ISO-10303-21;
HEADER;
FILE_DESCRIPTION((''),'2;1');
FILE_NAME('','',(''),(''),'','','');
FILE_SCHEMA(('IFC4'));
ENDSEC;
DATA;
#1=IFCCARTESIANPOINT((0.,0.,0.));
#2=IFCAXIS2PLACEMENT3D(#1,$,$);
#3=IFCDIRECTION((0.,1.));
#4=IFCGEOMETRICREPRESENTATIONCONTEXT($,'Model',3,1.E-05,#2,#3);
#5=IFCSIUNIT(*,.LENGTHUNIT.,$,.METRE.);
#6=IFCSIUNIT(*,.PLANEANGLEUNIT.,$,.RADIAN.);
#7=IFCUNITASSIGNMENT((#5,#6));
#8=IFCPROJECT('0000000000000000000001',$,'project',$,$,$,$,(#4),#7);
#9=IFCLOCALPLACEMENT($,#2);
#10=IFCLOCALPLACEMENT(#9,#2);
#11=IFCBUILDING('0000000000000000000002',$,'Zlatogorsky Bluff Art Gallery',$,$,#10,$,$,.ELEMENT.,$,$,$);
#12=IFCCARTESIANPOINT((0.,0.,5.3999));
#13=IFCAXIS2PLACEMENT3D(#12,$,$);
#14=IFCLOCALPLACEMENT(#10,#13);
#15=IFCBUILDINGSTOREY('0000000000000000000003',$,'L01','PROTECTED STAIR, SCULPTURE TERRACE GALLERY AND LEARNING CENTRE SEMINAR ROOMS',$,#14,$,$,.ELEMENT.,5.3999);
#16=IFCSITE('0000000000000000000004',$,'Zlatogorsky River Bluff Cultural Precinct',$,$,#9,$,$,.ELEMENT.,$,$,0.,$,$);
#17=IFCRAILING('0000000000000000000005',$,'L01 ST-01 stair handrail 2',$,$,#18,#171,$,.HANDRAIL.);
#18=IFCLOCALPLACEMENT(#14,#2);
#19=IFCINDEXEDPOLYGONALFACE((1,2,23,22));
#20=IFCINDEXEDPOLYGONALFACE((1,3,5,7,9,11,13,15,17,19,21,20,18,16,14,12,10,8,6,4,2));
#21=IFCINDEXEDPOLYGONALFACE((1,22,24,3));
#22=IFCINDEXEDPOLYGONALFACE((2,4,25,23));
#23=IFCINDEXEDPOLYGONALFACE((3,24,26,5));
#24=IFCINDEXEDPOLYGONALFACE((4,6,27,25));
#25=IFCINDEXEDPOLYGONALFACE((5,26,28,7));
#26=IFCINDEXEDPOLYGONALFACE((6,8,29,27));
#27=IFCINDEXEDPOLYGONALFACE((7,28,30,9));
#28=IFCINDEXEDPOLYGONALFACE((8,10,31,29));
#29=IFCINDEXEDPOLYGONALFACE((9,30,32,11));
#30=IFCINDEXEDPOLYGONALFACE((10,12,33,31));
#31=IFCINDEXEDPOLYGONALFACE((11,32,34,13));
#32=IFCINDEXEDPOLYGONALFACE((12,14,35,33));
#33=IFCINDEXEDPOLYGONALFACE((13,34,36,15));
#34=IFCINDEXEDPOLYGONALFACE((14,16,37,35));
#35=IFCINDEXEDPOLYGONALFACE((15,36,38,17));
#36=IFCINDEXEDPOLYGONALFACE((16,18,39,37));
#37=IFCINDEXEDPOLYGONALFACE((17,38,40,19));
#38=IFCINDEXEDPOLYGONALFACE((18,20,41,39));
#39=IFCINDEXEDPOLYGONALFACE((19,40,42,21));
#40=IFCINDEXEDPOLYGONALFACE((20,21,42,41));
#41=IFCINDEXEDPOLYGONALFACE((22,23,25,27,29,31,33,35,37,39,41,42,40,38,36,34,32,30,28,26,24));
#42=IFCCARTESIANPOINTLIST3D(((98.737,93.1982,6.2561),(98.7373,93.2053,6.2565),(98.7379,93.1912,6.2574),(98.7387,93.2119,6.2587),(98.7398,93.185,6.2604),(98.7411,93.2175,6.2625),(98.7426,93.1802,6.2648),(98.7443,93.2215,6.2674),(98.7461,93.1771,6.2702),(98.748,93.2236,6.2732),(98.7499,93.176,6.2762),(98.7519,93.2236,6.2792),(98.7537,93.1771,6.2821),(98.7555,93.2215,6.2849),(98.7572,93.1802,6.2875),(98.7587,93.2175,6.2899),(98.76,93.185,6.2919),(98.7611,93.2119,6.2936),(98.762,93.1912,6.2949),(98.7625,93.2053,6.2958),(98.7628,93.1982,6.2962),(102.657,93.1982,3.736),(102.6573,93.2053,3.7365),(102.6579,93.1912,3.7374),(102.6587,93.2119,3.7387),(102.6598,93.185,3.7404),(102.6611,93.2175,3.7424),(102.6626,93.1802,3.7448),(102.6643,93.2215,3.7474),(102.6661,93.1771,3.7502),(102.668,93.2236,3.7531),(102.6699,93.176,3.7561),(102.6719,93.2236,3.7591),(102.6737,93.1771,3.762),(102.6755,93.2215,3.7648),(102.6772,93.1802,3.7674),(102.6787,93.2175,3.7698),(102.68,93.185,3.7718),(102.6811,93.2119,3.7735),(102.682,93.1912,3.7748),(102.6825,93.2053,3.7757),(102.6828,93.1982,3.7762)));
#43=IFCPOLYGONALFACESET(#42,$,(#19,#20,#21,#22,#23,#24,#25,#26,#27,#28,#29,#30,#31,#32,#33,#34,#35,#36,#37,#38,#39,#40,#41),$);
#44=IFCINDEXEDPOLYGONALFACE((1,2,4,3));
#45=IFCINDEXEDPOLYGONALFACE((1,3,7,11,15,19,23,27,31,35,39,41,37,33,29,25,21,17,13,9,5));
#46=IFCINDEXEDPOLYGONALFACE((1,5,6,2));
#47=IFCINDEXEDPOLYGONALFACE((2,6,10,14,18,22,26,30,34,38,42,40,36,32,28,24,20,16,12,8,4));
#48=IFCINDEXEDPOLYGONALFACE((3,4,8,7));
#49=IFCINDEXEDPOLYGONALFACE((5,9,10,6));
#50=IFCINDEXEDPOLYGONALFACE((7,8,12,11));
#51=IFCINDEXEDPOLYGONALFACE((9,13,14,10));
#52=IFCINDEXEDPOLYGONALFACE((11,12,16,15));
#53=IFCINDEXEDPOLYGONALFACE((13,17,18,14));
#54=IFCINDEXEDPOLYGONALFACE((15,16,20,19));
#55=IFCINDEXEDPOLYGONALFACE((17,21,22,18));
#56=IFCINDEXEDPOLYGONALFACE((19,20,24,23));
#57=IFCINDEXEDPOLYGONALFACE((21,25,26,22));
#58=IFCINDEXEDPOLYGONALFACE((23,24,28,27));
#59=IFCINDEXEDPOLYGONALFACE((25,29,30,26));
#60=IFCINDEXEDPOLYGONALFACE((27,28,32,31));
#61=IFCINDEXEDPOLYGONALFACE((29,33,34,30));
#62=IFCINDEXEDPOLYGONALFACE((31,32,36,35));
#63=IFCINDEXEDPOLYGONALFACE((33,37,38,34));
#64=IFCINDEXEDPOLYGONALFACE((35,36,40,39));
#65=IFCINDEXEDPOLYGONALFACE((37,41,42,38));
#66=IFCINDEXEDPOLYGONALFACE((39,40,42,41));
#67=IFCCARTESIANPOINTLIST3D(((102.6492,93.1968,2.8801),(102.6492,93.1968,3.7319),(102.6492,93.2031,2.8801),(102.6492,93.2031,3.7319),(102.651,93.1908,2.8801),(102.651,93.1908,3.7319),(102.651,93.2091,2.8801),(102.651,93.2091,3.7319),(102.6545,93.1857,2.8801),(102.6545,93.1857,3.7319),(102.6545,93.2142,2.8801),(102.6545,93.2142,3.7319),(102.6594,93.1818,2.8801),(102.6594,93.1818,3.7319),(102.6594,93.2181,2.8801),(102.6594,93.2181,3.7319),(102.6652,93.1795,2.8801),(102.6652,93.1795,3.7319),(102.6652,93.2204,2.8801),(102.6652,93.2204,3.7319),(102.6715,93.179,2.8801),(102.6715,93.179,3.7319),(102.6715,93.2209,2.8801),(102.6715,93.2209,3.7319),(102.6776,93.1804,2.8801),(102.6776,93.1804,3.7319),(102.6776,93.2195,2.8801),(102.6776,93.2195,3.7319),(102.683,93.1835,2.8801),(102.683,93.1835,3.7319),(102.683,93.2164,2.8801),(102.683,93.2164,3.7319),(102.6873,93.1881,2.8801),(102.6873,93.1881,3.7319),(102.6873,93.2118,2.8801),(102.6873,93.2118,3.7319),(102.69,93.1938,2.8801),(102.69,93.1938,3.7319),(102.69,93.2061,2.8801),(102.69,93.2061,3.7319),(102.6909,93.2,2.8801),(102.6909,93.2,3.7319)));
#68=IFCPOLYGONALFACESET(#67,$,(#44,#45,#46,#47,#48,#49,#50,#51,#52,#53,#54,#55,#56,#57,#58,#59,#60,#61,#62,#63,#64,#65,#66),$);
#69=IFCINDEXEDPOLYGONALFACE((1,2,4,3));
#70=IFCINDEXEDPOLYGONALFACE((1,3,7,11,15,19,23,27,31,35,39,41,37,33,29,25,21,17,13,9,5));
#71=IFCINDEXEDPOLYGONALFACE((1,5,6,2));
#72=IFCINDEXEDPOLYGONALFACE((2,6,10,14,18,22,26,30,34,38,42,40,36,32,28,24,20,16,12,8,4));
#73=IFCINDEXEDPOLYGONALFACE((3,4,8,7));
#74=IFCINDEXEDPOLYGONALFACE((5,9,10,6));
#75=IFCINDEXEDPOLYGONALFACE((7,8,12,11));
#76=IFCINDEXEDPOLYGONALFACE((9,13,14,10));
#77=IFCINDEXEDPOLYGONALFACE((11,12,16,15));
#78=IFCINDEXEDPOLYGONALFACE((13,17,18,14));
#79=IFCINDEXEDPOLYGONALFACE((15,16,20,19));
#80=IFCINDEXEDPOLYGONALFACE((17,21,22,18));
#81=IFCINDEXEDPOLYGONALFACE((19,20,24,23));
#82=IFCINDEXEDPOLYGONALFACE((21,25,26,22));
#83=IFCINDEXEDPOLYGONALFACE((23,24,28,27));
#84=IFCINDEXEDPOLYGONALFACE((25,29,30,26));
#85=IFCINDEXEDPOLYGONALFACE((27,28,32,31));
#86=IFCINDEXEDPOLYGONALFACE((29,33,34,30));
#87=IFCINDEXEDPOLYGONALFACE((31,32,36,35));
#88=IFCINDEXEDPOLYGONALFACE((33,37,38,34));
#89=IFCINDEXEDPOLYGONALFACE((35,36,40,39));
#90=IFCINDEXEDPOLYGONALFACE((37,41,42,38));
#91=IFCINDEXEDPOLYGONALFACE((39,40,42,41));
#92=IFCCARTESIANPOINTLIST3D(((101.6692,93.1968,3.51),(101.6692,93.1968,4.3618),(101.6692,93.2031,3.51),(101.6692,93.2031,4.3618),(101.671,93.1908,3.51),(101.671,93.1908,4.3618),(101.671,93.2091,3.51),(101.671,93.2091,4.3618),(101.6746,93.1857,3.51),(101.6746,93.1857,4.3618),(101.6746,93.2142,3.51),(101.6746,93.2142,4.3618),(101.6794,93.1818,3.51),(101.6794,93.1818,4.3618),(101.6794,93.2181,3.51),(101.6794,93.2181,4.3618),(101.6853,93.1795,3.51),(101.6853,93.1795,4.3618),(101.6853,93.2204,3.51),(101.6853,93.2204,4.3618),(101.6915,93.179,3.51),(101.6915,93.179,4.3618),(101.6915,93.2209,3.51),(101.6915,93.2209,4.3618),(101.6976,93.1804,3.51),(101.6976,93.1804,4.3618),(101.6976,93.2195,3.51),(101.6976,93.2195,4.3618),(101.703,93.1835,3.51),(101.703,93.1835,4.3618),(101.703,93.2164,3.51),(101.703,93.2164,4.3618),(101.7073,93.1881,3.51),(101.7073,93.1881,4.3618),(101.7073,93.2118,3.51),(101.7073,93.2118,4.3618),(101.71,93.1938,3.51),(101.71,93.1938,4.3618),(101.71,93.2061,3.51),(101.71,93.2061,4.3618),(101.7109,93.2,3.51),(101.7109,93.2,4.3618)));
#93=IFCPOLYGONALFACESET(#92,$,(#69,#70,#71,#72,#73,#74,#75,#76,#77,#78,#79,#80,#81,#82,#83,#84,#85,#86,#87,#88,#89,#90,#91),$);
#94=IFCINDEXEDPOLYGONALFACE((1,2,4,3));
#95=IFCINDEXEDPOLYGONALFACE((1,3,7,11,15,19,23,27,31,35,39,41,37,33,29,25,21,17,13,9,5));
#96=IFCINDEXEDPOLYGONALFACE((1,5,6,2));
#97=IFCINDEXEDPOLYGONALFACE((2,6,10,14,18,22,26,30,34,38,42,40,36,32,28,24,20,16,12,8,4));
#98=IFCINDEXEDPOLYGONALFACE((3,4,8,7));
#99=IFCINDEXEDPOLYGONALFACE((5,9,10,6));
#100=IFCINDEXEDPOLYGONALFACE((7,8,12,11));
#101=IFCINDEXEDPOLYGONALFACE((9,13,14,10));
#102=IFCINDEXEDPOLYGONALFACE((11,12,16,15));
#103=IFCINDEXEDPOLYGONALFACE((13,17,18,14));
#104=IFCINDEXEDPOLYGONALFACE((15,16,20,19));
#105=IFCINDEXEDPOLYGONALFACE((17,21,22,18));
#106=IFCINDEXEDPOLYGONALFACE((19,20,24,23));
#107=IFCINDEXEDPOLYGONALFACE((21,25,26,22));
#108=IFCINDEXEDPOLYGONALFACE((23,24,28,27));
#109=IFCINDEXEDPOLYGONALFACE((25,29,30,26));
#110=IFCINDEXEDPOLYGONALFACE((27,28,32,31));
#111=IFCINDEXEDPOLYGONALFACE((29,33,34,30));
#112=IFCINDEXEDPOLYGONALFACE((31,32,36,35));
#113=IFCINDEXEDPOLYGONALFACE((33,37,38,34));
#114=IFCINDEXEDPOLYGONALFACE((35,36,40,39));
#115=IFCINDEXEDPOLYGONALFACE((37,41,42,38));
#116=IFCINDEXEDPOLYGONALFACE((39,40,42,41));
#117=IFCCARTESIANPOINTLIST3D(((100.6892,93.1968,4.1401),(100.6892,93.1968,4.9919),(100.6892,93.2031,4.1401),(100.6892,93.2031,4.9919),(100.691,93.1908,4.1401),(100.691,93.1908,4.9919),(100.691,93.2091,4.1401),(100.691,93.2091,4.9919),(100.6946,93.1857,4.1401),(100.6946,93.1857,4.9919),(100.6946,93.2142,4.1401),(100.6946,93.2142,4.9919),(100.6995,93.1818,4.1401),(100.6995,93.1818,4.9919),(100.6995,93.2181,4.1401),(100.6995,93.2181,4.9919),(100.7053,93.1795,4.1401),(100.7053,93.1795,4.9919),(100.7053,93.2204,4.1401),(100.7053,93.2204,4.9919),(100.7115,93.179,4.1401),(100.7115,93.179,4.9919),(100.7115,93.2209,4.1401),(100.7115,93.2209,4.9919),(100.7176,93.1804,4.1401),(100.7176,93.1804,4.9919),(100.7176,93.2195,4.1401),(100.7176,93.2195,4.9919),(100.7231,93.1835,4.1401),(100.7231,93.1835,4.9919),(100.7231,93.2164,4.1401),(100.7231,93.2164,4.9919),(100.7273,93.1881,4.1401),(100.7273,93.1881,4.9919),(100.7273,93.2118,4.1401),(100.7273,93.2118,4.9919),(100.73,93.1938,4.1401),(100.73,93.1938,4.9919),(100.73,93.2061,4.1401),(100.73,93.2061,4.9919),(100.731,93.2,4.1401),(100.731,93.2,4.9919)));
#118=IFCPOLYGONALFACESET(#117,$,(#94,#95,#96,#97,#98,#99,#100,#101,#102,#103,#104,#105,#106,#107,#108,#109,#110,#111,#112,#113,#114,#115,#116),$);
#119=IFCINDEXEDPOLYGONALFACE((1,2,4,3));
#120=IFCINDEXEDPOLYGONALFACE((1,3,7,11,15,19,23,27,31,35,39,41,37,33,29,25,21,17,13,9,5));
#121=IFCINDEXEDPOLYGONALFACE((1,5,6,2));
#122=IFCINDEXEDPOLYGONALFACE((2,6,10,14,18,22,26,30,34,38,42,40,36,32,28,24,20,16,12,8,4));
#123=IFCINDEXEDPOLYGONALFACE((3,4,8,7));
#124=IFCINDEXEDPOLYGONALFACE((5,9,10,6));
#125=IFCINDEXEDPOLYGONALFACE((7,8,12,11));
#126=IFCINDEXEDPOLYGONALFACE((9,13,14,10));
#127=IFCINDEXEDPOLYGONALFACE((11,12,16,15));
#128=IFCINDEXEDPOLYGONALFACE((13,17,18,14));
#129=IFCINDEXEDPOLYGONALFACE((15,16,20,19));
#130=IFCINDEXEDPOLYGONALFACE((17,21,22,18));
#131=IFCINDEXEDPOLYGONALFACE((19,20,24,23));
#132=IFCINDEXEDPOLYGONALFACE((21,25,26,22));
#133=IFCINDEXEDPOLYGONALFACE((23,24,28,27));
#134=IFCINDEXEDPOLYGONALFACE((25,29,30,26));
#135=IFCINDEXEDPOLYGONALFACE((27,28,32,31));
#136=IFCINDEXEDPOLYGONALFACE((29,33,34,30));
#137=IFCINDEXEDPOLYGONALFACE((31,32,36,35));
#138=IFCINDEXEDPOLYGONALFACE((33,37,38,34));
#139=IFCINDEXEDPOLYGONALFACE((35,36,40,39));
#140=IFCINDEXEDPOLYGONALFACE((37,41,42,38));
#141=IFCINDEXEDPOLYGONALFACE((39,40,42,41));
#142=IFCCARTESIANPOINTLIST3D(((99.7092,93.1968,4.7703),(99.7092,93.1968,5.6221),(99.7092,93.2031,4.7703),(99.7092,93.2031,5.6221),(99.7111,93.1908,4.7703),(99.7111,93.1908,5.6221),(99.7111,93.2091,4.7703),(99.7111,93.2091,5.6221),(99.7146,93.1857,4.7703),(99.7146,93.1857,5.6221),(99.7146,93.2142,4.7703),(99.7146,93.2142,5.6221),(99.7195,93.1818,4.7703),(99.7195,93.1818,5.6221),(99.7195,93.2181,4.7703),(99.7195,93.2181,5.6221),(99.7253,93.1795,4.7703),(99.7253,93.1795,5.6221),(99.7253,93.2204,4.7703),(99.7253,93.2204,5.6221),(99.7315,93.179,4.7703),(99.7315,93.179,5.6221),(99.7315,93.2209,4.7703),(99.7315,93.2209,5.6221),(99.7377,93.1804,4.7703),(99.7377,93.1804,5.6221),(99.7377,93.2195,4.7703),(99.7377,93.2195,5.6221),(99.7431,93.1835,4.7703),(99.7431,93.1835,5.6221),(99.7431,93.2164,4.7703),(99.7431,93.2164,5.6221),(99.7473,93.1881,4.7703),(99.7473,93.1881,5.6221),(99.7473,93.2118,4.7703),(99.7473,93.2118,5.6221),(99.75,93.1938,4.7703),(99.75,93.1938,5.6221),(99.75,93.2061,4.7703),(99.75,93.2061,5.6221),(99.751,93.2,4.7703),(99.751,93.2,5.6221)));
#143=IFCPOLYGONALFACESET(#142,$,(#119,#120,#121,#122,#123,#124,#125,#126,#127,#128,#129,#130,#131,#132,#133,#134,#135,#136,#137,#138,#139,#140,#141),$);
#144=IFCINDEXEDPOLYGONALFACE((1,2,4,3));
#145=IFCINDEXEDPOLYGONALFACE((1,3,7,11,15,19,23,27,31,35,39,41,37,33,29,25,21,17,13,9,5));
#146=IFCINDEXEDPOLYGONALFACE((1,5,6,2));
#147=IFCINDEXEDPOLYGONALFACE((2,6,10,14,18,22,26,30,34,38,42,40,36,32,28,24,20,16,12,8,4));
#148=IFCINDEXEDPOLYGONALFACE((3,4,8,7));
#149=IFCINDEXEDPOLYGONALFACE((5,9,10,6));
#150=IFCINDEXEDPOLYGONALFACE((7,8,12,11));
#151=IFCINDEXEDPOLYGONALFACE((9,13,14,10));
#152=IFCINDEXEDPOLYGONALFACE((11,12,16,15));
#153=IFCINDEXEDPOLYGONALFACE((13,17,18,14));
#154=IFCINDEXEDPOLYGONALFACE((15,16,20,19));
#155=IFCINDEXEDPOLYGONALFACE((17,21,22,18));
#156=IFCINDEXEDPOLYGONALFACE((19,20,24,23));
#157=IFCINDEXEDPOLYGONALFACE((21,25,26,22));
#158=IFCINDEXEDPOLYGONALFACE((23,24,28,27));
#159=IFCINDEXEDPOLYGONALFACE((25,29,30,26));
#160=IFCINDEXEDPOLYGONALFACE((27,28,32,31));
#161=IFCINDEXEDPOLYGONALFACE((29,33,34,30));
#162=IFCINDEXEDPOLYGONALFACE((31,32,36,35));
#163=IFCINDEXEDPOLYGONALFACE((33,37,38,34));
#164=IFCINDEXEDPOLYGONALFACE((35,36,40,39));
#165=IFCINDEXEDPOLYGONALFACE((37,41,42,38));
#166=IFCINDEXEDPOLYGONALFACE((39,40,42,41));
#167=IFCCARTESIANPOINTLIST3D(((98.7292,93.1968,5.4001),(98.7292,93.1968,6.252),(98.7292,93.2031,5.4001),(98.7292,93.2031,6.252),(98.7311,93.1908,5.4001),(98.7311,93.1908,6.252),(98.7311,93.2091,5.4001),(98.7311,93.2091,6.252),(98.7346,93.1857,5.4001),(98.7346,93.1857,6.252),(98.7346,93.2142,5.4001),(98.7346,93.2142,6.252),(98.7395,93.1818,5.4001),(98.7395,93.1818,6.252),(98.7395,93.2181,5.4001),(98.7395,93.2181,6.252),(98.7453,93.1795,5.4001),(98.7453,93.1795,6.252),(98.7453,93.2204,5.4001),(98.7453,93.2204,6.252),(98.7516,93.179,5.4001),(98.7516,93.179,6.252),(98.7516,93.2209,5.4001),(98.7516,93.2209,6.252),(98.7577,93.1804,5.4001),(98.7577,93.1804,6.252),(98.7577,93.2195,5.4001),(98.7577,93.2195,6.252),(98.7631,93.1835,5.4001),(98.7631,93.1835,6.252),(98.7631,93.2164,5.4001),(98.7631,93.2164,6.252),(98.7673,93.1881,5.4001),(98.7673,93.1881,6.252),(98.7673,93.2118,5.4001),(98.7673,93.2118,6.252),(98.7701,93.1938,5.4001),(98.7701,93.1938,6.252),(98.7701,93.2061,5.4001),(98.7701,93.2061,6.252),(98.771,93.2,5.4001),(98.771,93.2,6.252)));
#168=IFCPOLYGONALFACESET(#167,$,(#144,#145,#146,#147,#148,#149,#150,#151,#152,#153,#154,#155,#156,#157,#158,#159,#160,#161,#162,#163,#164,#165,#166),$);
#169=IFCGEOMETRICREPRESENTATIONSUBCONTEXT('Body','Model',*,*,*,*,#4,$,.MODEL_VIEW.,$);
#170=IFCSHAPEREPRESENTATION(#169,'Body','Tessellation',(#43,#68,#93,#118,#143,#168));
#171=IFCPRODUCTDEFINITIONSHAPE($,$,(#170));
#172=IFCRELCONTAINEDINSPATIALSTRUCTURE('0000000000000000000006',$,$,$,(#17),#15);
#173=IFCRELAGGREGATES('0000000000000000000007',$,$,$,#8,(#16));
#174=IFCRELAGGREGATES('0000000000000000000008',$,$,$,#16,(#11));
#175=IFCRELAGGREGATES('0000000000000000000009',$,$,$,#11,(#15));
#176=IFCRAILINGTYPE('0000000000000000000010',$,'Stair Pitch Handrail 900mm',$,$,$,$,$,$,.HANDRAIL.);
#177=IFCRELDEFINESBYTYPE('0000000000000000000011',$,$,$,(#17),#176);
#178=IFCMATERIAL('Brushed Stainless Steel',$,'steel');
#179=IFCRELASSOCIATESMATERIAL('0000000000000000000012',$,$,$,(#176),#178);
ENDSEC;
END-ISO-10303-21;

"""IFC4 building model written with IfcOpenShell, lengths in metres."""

from ifc_helpers import new_model, si_unit, direction, frame, origin, origin_2d, place, context, subcontext, project, spatial, circle, extrude, material, type_object, element, save


model = new_model("IFC4")

# Units and contexts
model_context = context("Model", 3, precision=1e-05, world=origin(), true_north=direction((0.0, 1.0)))
body_context = subcontext(model_context, "Body", "Model", "MODEL_VIEW")
ifc_project = project(units=[si_unit("LENGTHUNIT", "METRE"), si_unit("PLANEANGLEUNIT", "RADIAN")], contexts=[model_context])

# Site, building, storey
site_placement = place(None, origin())
site = spatial("IfcSite", under=ifc_project, at=site_placement, Name="Zlatogorsky River Bluff Cultural Precinct", CompositionType="ELEMENT", RefElevation=0.0)
building_placement = place(site_placement, origin())
building = spatial("IfcBuilding", under=site, at=building_placement, Name="Zlatogorsky Bluff Art Gallery", CompositionType="ELEMENT")
storey_placement = place(building_placement, frame((0.0, 0.0, 5.3999)))
storey = spatial("IfcBuildingStorey", under=building, at=storey_placement, Name="L01", Description="PROTECTED STAIR, SCULPTURE TERRACE GALLERY AND LEARNING CENTRE SEMINAR ROOMS", CompositionType="ELEMENT", Elevation=5.3999)

# Railing
ifc_material_1 = material(Name="Brushed Stainless Steel", Category="steel")
railing_type_1 = type_object("IfcRailingType", Name="Stair Pitch Handrail 900mm", PredefinedType="HANDRAIL", material=ifc_material_1)
railing_1_placement = place(storey_placement, frame((102.6699, 93.2, 2.8801)))
element("IfcRailing", 1, at=railing_1_placement, inside=storey, type_object=railing_type_1, Name="L01 ST-01 stair handrail 2", PredefinedType="HANDRAIL", context=body_context, shape_type="SweptSolid", body=[
    extrude(circle(Radius=0.0239, at=origin_2d()), frame((0.0, 0.0, 0.876), z_axis=(-0.841172, 0.0, 0.540768), x_axis=(0.0, -1.0, 0.0)), (0.0, 0.0, 1.0), 4.6602),
    extrude(circle(Radius=0.021, at=origin_2d()), origin(), (0.0, 0.0, 1.0), 0.8518),
    extrude(circle(Radius=0.021, at=origin_2d()), frame((-0.98, 0.0, 0.6299)), (0.0, 0.0, 1.0), 0.8518),
    extrude(circle(Radius=0.021, at=origin_2d()), frame((-1.96, 0.0, 1.26)), (0.0, 0.0, 1.0), 0.8518),
    extrude(circle(Radius=0.021, at=origin_2d()), frame((-2.9399, 0.0, 1.8901)), (0.0, 0.0, 1.0), 0.8518),
    extrude(circle(Radius=0.021, at=origin_2d()), frame((-3.9199, 0.0, 2.52)), (0.0, 0.0, 1.0), 0.8518),
])

save(model, "model.ifc")
